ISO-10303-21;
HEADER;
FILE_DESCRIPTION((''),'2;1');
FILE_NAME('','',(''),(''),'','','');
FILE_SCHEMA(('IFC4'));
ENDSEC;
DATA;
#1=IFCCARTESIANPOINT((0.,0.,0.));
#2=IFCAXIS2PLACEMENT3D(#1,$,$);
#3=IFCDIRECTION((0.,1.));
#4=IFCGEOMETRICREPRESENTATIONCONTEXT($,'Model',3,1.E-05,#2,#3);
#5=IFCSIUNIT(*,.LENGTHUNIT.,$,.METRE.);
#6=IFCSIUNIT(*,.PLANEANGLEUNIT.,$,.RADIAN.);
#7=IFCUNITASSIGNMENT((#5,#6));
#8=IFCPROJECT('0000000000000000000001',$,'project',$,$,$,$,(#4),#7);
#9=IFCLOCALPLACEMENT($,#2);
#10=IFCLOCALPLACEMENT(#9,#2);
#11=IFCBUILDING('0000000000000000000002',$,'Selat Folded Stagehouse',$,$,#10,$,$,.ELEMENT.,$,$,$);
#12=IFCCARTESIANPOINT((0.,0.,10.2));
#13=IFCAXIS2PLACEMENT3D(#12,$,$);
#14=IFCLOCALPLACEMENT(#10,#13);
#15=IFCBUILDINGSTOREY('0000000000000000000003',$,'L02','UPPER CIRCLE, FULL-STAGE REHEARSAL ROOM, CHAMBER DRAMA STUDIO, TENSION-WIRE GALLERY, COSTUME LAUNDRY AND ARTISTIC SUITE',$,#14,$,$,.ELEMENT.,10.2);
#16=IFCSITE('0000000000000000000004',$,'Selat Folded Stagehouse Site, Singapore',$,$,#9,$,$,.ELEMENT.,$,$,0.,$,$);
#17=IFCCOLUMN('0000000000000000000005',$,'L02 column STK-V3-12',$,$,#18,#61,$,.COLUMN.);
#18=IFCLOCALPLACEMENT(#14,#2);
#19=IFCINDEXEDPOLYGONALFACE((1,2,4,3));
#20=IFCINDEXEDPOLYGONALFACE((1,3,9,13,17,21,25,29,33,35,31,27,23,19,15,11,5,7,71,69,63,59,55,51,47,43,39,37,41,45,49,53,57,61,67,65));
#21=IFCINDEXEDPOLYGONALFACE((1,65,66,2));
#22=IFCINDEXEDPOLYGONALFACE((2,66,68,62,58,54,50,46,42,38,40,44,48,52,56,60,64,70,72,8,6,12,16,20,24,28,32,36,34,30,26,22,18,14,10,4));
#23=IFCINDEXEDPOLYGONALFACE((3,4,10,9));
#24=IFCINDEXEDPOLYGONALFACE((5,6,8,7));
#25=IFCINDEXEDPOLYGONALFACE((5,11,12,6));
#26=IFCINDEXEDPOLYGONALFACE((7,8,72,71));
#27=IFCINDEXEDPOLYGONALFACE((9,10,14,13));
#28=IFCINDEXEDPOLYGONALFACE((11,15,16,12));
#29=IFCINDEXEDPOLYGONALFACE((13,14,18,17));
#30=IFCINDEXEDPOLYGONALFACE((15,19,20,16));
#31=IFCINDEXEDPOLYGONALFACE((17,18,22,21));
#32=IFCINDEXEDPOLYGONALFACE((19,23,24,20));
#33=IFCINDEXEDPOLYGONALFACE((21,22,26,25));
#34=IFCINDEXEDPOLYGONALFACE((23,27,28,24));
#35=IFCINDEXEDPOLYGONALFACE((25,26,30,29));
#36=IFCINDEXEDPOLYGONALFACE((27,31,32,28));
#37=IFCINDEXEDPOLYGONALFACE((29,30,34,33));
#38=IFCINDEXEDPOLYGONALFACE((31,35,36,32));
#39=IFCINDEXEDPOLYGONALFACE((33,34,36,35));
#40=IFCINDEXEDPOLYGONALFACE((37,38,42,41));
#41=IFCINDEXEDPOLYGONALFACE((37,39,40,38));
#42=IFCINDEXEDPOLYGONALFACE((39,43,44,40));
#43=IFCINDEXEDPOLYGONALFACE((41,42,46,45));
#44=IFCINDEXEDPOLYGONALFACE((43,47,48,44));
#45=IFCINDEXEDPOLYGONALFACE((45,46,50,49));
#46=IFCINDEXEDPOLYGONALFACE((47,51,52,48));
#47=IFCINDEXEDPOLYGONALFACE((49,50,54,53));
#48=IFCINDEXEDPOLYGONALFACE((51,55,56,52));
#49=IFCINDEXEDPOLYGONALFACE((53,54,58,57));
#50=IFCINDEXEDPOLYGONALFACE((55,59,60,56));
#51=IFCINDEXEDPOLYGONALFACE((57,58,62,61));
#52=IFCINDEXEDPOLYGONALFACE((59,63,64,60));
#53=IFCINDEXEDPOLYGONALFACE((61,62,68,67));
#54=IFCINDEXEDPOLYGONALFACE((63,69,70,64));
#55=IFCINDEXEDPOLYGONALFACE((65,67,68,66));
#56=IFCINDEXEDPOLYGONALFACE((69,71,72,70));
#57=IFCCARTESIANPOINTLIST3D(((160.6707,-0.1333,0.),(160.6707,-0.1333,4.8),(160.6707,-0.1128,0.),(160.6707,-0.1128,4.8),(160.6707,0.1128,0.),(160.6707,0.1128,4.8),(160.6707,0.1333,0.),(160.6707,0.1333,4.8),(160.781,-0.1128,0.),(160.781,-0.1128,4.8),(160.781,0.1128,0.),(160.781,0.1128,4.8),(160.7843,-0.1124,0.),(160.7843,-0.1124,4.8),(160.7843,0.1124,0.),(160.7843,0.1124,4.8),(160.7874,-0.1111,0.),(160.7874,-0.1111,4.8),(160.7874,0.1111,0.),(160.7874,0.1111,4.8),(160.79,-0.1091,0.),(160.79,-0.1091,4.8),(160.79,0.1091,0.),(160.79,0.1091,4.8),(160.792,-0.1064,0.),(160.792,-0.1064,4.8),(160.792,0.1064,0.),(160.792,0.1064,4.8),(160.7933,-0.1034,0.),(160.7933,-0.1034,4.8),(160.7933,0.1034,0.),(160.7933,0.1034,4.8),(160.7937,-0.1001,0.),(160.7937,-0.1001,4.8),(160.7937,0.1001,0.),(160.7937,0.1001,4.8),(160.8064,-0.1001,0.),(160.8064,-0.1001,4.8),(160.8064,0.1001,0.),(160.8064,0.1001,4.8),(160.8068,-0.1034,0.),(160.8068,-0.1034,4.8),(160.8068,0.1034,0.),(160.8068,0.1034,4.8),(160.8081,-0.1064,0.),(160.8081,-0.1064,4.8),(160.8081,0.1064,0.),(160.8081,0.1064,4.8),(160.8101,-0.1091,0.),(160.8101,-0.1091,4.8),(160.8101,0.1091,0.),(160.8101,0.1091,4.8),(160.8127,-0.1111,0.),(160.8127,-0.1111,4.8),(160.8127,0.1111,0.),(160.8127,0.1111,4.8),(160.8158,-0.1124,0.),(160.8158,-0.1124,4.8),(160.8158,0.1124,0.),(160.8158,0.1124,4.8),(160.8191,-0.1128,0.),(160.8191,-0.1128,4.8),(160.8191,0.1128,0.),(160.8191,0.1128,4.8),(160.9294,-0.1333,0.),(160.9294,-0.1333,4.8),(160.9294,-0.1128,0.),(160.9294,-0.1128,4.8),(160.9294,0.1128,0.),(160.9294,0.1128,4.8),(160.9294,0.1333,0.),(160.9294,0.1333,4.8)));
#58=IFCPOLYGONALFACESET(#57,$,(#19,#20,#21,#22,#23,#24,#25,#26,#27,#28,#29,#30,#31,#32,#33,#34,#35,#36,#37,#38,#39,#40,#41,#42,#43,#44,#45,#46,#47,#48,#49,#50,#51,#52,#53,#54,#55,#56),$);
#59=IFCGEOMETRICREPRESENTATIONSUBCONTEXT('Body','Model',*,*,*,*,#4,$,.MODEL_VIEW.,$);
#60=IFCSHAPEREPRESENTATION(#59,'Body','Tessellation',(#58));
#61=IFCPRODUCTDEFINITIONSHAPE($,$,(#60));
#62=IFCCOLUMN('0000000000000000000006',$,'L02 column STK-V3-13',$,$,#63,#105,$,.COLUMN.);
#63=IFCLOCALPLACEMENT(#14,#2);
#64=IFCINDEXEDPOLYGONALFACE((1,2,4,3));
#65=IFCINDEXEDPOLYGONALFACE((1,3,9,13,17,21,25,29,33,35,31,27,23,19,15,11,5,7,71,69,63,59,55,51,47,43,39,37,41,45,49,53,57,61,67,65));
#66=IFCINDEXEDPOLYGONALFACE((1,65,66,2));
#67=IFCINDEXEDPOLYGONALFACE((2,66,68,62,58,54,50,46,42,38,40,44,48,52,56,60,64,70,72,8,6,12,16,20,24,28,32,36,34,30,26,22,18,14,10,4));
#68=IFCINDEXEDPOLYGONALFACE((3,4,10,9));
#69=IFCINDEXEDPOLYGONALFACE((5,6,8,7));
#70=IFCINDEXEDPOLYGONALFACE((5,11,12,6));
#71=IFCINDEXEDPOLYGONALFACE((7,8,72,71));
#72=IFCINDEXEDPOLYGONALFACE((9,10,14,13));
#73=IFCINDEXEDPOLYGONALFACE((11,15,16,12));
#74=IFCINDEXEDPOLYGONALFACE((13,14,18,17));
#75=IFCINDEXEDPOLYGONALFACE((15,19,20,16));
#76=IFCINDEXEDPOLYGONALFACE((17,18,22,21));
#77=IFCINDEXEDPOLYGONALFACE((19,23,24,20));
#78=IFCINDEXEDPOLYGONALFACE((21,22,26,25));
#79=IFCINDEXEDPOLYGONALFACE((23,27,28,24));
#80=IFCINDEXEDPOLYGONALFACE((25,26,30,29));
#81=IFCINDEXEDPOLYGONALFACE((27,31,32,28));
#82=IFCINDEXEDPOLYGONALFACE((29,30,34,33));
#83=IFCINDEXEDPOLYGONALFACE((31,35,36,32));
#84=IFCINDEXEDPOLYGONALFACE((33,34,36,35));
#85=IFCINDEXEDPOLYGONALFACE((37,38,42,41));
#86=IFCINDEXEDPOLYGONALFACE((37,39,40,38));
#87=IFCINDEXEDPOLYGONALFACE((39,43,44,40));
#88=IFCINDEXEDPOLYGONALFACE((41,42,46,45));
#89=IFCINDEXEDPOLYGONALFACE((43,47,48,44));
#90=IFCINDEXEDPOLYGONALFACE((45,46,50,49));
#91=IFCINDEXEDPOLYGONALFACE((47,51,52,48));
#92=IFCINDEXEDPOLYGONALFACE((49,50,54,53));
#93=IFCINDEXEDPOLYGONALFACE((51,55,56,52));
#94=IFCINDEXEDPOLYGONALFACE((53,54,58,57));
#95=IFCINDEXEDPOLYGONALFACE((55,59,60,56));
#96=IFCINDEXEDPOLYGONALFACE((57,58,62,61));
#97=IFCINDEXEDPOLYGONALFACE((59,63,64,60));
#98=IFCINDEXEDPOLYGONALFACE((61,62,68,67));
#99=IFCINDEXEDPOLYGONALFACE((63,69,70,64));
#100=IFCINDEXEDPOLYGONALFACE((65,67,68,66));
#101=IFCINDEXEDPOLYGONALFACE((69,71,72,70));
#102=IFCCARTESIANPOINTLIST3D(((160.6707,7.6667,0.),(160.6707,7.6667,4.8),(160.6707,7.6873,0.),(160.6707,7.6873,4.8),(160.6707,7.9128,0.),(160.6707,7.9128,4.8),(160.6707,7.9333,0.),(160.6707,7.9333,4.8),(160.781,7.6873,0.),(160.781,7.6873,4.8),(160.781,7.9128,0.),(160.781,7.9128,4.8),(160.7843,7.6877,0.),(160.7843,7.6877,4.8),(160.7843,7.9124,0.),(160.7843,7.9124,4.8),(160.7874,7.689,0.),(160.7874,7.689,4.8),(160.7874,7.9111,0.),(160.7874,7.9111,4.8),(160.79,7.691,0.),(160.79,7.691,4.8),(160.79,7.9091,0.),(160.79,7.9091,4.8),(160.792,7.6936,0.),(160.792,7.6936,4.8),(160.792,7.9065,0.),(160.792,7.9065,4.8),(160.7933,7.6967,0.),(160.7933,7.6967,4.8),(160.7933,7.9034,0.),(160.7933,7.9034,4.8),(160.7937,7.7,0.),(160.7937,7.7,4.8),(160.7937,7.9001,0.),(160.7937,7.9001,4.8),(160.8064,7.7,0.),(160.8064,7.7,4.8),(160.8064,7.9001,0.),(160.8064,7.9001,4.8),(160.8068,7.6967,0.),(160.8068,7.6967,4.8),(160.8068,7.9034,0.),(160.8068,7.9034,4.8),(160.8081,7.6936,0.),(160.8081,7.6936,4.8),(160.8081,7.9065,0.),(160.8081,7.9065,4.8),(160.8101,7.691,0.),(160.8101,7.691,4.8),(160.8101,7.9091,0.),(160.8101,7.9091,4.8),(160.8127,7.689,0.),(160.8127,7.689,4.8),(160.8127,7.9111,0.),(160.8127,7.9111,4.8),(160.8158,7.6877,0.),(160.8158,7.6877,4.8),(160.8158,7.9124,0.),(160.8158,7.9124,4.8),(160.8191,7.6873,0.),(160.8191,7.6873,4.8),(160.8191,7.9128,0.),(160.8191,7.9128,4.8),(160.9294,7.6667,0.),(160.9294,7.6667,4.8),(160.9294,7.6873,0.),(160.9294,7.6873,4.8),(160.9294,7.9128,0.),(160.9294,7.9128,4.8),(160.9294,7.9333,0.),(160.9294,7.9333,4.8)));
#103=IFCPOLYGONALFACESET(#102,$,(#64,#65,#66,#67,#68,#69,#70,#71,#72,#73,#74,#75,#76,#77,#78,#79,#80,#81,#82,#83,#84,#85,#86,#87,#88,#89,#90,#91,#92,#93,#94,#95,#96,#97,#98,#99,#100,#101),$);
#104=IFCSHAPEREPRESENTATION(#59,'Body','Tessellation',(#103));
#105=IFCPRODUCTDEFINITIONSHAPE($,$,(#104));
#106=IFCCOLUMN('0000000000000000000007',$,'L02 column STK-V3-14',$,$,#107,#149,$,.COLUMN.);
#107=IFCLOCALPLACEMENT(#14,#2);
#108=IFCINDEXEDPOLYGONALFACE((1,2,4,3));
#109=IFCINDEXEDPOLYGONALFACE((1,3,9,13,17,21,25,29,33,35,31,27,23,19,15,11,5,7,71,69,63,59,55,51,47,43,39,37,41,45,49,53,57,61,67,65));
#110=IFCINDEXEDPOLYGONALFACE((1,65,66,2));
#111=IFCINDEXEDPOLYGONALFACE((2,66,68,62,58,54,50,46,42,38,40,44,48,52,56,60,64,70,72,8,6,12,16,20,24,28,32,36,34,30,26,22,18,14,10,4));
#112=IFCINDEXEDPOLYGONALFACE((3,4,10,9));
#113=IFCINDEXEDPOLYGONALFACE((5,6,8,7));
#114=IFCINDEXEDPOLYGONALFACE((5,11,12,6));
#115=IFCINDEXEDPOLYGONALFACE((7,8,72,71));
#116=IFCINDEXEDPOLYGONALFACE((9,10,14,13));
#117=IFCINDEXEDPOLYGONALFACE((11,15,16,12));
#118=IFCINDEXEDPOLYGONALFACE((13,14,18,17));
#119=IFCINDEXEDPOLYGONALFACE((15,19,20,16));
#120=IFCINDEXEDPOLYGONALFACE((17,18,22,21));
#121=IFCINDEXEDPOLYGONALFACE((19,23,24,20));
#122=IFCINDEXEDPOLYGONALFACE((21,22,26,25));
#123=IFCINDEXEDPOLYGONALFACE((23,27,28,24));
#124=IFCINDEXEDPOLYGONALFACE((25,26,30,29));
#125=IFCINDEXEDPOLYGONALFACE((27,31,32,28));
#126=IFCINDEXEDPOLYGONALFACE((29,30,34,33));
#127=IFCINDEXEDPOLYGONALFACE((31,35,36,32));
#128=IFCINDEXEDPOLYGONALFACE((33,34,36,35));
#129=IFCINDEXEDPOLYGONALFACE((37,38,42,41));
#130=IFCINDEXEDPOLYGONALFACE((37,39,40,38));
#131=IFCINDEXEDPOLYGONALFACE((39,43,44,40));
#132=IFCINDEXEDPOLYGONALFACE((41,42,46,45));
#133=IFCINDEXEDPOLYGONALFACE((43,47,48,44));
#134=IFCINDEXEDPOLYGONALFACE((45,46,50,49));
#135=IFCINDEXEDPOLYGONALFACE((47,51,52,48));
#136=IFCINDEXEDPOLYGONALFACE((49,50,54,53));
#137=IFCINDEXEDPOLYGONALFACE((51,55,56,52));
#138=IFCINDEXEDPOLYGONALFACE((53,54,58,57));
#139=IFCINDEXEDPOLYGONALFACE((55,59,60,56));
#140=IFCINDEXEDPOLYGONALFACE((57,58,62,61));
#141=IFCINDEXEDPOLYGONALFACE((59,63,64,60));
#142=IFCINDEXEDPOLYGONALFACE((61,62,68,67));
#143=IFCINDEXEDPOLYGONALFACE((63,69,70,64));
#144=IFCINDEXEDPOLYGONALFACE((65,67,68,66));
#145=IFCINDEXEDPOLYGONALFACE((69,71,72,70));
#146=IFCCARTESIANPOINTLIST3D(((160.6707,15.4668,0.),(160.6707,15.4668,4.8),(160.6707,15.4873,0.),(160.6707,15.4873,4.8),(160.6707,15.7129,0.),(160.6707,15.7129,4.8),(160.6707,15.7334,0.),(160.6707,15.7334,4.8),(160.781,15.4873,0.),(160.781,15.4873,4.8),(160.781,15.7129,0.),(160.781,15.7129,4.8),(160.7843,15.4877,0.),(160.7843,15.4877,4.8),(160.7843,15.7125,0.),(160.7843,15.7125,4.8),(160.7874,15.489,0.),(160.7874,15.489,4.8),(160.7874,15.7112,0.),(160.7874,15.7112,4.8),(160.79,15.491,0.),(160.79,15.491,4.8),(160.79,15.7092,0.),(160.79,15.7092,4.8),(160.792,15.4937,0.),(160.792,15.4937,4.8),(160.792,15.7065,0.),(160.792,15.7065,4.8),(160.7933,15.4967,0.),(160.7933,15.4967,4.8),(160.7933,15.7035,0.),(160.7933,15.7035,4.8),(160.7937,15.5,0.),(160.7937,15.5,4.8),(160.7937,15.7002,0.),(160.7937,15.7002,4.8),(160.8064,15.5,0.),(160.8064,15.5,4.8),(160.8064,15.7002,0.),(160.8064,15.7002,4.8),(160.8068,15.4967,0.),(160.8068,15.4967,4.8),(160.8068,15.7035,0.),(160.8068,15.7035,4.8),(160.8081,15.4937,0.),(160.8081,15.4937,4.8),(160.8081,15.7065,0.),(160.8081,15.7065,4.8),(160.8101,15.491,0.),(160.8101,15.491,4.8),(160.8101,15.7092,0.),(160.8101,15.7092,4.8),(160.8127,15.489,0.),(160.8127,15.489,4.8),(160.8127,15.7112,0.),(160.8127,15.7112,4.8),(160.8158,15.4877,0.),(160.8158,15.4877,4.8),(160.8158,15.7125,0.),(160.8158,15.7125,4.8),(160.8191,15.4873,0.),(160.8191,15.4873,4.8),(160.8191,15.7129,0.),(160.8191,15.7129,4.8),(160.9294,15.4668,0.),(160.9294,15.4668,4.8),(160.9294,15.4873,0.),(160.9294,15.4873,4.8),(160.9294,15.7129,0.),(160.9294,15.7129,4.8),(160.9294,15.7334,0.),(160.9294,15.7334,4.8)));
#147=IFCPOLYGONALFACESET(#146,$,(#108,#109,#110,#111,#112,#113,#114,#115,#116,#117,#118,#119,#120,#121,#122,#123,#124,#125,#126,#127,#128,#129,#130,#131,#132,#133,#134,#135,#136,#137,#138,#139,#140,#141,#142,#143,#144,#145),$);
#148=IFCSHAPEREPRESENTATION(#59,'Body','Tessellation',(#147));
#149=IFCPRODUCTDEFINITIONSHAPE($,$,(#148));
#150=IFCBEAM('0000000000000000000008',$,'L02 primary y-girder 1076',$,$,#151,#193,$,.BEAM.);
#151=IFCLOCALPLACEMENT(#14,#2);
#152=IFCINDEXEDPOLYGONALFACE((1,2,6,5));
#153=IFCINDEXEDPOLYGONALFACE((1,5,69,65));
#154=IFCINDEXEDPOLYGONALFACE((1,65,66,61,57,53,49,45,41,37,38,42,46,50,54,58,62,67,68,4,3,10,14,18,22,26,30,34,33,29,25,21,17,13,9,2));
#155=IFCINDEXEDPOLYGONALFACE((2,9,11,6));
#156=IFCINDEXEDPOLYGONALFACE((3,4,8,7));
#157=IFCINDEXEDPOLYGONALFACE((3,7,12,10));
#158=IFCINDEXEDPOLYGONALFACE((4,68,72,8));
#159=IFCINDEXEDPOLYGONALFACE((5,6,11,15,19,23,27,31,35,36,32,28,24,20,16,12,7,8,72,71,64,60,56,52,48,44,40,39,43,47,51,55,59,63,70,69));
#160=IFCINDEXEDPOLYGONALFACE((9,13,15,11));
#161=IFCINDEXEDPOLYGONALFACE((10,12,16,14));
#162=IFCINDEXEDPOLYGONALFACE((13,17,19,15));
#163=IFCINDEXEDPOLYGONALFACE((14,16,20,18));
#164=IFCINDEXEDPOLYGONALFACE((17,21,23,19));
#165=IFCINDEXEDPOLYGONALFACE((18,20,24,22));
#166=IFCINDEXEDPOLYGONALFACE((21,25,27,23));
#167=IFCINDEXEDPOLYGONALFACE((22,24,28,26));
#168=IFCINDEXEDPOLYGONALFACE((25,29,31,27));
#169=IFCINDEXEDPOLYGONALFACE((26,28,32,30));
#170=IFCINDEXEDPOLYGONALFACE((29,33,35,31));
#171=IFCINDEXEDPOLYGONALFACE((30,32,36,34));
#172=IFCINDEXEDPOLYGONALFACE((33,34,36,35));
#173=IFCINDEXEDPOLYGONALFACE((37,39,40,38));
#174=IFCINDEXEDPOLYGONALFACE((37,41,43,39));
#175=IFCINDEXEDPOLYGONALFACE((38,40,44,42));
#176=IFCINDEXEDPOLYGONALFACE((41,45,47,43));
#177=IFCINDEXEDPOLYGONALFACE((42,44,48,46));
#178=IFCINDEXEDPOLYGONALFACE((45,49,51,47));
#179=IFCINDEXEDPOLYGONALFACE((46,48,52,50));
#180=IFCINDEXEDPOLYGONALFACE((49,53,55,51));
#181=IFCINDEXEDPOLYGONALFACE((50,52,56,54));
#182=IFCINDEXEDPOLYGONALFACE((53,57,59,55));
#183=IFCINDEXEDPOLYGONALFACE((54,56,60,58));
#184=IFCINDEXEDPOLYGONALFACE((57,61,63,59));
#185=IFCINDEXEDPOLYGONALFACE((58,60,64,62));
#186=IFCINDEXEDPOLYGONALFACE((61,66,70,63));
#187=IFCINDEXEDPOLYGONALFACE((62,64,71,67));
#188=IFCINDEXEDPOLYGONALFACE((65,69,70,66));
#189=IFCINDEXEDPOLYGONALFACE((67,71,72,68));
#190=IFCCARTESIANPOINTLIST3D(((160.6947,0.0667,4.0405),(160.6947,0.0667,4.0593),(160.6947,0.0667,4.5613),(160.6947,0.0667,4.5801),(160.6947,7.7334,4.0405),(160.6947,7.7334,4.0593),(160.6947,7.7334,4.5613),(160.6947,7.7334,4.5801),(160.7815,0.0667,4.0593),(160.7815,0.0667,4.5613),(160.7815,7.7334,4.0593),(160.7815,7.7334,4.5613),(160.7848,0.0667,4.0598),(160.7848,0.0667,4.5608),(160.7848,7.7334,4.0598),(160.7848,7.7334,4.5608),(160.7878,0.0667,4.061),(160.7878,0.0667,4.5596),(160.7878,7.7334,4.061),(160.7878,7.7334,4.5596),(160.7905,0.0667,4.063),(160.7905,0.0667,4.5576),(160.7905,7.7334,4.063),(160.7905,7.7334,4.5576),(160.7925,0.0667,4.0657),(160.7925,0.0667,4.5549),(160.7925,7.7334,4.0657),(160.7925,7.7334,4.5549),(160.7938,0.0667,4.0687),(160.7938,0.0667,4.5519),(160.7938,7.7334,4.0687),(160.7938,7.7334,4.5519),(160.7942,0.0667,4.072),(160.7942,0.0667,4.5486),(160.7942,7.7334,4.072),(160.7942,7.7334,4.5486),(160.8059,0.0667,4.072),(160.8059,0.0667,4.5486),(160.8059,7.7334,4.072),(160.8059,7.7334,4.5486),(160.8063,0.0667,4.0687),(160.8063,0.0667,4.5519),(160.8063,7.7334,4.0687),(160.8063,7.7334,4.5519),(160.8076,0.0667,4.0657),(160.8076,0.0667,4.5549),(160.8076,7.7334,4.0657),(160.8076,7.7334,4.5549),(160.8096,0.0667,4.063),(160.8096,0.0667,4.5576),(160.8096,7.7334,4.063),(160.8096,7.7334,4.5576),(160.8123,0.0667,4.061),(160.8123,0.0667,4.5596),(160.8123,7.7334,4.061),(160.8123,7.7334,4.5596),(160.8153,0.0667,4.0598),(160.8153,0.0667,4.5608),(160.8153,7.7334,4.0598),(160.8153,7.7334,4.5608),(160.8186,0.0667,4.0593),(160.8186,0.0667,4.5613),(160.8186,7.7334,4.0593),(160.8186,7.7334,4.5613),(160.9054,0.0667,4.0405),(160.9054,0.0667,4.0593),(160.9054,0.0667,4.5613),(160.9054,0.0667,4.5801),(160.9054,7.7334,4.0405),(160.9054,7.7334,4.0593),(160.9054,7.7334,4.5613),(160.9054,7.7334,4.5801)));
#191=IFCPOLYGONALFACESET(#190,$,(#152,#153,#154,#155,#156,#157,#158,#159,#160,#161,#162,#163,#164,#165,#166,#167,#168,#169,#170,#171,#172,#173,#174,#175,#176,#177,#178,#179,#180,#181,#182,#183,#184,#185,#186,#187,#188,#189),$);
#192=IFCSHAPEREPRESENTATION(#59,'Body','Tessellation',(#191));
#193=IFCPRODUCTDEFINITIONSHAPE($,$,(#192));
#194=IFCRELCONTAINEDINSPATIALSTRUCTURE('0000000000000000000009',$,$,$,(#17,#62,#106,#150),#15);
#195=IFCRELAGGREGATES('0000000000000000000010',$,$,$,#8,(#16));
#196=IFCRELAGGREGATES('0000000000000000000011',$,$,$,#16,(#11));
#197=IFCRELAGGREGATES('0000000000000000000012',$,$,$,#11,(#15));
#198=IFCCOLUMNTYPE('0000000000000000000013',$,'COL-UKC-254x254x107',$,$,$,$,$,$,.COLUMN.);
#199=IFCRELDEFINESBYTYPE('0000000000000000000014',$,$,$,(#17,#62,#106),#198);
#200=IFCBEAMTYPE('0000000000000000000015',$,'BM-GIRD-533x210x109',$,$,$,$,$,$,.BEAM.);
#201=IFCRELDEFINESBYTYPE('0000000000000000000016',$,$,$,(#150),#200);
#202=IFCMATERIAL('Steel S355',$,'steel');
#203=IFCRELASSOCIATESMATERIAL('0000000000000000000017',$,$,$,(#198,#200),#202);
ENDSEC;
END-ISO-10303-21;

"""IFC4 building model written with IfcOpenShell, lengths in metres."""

from ifc_helpers import new_model, si_unit, direction, frame, origin, origin_2d, place, context, subcontext, project, spatial, i_section, extrude, material, material_profile, profile_set, type_object, element, save


model = new_model("IFC4")

# Units and contexts
model_context = context("Model", 3, precision=1e-05, world=origin(), true_north=direction((0.0, 1.0)))
body_context = subcontext(model_context, "Body", "Model", "MODEL_VIEW")
ifc_project = project(units=[si_unit("LENGTHUNIT", "METRE"), si_unit("PLANEANGLEUNIT", "RADIAN")], contexts=[model_context])

# Site, building, storey
site_placement = place(None, origin())
site = spatial("IfcSite", under=ifc_project, at=site_placement, Name="Selat Folded Stagehouse Site, Singapore", CompositionType="ELEMENT", RefElevation=0.0)
building_placement = place(site_placement, origin())
building = spatial("IfcBuilding", under=site, at=building_placement, Name="Selat Folded Stagehouse", CompositionType="ELEMENT")
storey_placement = place(building_placement, frame((0.0, 0.0, 10.2)))
storey = spatial("IfcBuildingStorey", under=building, at=storey_placement, Name="L02", Description="UPPER CIRCLE, FULL-STAGE REHEARSAL ROOM, CHAMBER DRAMA STUDIO, TENSION-WIRE GALLERY, COSTUME LAUNDRY AND ARTISTIC SUITE", CompositionType="ELEMENT", Elevation=10.2)

# Columns
ifc_material_1 = material(Name="Steel S355", Category="steel")
ifc_material_profile_1 = material_profile(ifc_material_1, i_section(OverallWidth=0.2588, OverallDepth=0.2666, WebThickness=0.0127, FlangeThickness=0.0205, FilletRadius=0.0127, at=origin_2d()), Name="UKC 254x254x107")
ifc_profile_set_1 = profile_set([ifc_material_profile_1], Name="Steel S355")
column_type = type_object("IfcColumnType", Name="COL-UKC-254x254x107", PredefinedType="COLUMN", material=ifc_profile_set_1)
for number, where, z_axis, x_axis, name in (
    (1, (160.8, 0.0, 0.0), (0.0, 0.0, 1.0), (1.0, 0.0, 0.0), "L02 column STK-V3-12"),
    (2, (160.8, 7.8, 0.0), (0.0, 0.0, 1.0), (1.0, 0.0, 0.0), "L02 column STK-V3-13"),
    (3, (160.8, 15.6001, 0.0), (0.0, 0.0, 1.0), (1.0, 0.0, 0.0), "L02 column STK-V3-14"),
):
    element("IfcColumn", number, at=place(storey_placement, frame(where, z_axis=z_axis, x_axis=x_axis)), inside=storey, type_object=column_type, Name=name, PredefinedType="COLUMN", context=body_context, shape_type="SweptSolid", body=[
        extrude(i_section(OverallWidth=0.2588, OverallDepth=0.2666, WebThickness=0.0127, FlangeThickness=0.0205, FilletRadius=0.0127, at=origin_2d()), origin(), (0.0, 0.0, 1.0), 4.8),
    ])

# Beam
ifc_material_profile_2 = material_profile(ifc_material_1, i_section(OverallWidth=0.2107, OverallDepth=0.5396, WebThickness=0.0117, FlangeThickness=0.0188, FilletRadius=0.0127, at=origin_2d()), Name="UKB 533x210x109")
ifc_profile_set_2 = profile_set([ifc_material_profile_2], Name="Steel S355")
beam_type_1 = type_object("IfcBeamType", Name="BM-GIRD-533x210x109", PredefinedType="BEAM", material=ifc_profile_set_2)
beam_1_placement = place(storey_placement, frame((160.8, 0.0667, 4.3103), z_axis=(0.0, 1.0, 0.0), x_axis=(-1.0, 0.0, 0.0)))
element("IfcBeam", 4, at=beam_1_placement, inside=storey, type_object=beam_type_1, Name="L02 primary y-girder 1076", PredefinedType="BEAM", context=body_context, shape_type="SweptSolid", body=[
    extrude(i_section(OverallWidth=0.2107, OverallDepth=0.5396, WebThickness=0.0117, FlangeThickness=0.0188, FilletRadius=0.0127, at=origin_2d()), origin(), (0.0, 0.0, 1.0), 7.6667),
])

save(model, "model.ifc")
